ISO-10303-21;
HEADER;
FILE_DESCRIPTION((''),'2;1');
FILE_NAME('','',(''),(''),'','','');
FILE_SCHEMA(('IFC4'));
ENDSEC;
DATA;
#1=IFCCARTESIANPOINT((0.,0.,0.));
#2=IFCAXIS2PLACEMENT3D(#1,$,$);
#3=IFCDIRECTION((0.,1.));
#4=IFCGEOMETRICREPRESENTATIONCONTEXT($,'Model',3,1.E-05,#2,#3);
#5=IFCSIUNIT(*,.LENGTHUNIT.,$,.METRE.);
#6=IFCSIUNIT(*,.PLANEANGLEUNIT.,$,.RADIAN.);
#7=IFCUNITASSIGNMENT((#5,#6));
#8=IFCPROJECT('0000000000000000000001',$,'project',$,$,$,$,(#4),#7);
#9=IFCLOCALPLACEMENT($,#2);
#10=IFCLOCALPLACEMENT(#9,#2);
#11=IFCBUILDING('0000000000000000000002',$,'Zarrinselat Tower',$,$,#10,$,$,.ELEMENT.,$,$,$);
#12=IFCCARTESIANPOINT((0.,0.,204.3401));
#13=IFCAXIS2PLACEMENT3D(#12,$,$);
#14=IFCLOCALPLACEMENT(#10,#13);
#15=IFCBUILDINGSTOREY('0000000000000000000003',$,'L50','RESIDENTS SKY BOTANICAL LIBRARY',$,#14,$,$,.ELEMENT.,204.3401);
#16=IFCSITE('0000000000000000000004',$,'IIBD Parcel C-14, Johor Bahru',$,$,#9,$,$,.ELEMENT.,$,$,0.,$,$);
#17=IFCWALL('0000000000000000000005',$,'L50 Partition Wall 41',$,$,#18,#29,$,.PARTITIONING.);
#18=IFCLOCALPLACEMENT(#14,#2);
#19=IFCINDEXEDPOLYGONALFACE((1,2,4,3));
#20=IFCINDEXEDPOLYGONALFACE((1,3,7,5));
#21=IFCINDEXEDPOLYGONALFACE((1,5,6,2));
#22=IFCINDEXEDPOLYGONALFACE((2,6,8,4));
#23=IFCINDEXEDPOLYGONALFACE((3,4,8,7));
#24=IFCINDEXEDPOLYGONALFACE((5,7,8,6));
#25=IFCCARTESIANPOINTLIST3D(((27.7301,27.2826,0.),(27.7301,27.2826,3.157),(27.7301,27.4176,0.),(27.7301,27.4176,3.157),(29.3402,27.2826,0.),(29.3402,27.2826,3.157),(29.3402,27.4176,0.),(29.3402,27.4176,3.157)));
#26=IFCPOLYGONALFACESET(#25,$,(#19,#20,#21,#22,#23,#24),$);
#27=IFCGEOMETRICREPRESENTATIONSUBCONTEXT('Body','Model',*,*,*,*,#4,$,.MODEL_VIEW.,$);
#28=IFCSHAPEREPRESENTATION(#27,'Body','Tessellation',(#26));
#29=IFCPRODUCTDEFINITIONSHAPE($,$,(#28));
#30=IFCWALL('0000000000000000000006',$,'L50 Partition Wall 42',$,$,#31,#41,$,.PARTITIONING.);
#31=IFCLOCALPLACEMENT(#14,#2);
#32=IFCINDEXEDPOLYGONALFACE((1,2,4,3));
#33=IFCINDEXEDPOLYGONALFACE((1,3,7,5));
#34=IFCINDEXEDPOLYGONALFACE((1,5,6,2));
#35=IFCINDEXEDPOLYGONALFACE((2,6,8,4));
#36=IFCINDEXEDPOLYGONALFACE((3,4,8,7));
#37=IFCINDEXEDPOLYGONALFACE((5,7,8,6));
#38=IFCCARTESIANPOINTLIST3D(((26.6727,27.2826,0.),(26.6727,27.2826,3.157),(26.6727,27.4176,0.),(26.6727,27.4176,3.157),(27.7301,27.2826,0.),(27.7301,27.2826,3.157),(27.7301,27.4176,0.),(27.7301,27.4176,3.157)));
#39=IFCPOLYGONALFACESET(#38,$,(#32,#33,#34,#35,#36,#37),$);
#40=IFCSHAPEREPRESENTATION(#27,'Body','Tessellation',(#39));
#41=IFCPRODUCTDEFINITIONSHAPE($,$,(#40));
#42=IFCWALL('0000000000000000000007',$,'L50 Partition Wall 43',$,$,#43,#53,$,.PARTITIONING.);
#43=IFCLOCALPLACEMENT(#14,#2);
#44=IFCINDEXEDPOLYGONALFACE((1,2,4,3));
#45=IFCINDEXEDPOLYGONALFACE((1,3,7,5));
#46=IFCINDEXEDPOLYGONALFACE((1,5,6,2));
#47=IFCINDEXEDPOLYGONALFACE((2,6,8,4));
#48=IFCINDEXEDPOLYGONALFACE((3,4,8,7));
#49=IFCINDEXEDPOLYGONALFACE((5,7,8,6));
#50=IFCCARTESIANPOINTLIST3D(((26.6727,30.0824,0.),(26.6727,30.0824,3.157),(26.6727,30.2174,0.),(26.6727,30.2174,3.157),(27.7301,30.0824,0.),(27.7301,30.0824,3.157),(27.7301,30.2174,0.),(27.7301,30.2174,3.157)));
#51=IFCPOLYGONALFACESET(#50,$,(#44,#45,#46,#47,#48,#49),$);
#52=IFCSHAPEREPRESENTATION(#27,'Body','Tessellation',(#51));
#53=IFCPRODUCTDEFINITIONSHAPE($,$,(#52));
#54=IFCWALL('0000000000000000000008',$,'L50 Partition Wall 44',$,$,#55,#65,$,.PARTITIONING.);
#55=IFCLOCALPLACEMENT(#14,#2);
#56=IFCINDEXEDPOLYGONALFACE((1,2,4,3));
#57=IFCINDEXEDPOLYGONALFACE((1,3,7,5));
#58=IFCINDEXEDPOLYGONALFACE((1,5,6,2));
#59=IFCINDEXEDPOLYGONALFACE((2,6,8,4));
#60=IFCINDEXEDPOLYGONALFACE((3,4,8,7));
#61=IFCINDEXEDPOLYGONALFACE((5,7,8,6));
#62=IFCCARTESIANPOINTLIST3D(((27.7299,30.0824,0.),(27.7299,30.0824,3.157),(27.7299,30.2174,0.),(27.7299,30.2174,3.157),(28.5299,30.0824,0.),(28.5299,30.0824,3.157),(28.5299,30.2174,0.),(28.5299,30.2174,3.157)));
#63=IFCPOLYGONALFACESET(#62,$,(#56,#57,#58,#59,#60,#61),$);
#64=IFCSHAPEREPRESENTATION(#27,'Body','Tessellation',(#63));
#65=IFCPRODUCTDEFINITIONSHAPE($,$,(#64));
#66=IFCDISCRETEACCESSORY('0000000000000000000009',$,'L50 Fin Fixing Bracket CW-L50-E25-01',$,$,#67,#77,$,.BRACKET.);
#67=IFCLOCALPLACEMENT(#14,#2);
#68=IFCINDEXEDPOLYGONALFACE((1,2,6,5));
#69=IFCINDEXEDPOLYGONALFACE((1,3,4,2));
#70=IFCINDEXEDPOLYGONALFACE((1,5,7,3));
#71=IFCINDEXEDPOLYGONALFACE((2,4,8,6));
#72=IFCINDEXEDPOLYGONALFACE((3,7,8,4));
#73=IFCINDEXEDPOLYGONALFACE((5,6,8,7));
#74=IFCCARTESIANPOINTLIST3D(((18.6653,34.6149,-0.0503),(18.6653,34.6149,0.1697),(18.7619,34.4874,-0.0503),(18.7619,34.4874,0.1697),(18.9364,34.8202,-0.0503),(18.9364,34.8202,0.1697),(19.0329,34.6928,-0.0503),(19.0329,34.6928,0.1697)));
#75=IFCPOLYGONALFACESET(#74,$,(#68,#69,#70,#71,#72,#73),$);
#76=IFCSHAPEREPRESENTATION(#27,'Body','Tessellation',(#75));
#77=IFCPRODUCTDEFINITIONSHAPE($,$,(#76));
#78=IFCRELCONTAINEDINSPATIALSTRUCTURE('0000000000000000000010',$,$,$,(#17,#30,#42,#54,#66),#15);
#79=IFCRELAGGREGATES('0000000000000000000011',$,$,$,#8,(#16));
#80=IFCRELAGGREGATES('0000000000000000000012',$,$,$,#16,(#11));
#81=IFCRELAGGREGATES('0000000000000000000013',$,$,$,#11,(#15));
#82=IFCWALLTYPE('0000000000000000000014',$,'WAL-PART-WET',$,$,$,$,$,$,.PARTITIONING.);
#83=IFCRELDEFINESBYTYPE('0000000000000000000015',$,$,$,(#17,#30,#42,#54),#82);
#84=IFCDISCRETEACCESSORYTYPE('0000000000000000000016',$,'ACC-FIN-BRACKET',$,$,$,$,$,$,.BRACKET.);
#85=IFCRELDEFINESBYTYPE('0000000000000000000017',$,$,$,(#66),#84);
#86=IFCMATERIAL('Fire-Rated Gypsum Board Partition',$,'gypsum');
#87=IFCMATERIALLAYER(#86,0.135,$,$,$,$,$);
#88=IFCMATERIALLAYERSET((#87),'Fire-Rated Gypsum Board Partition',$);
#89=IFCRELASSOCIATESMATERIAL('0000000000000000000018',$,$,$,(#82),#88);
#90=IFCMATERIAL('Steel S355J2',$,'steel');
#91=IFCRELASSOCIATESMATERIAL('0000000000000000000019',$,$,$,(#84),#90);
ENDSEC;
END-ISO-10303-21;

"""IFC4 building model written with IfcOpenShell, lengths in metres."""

from ifc_helpers import new_model, si_unit, direction, frame, frame_2d, origin, origin_2d, place, context, subcontext, project, spatial, rectangle, extrude, material, layer, layer_set, type_object, element, save


model = new_model("IFC4")

# Units and contexts
model_context = context("Model", 3, precision=1e-05, world=origin(), true_north=direction((0.0, 1.0)))
body_context = subcontext(model_context, "Body", "Model", "MODEL_VIEW")
ifc_project = project(units=[si_unit("LENGTHUNIT", "METRE"), si_unit("PLANEANGLEUNIT", "RADIAN")], contexts=[model_context])

# Site, building, storey
site_placement = place(None, origin())
site = spatial("IfcSite", under=ifc_project, at=site_placement, Name="IIBD Parcel C-14, Johor Bahru", CompositionType="ELEMENT", RefElevation=0.0)
building_placement = place(site_placement, origin())
building = spatial("IfcBuilding", under=site, at=building_placement, Name="Zarrinselat Tower", CompositionType="ELEMENT")
storey_placement = place(building_placement, frame((0.0, 0.0, 204.3401)))
storey = spatial("IfcBuildingStorey", under=building, at=storey_placement, Name="L50", Description="RESIDENTS SKY BOTANICAL LIBRARY", CompositionType="ELEMENT", Elevation=204.3401)

# Walls
ifc_material_1 = material(Name="Fire-Rated Gypsum Board Partition", Category="gypsum")
ifc_layer_1 = layer(ifc_material_1, 0.135)
ifc_layer_set_1 = layer_set([ifc_layer_1], Name="Fire-Rated Gypsum Board Partition")
wall_type_1 = type_object("IfcWallType", Name="WAL-PART-WET", PredefinedType="PARTITIONING", material=ifc_layer_set_1)
wall_1_placement = place(storey_placement, frame((27.73, 27.3501, 0.0), z_axis=(0.0, 0.0, 1.0), x_axis=(1.0, 0.0, 0.0)))
element("IfcWall", 1, at=wall_1_placement, inside=storey, type_object=wall_type_1, Name="L50 Partition Wall 41", PredefinedType="PARTITIONING", context=body_context, shape_type="SweptSolid", body=[
    extrude(rectangle(XDim=1.6101, YDim=0.135, at=frame_2d((0.8052, 0.0))), origin(), (0.0, 0.0, 1.0), 3.157),
])
for number, where, z_axis, x_axis, name in (
    (2, (26.6726, 27.3501, 0.0), (0.0, 0.0, 1.0), (1.0, 0.0, 0.0), "L50 Partition Wall 42"),
    (3, (26.6726, 30.1499, 0.0), (0.0, 0.0, 1.0), (1.0, 0.0, 0.0), "L50 Partition Wall 43"),
):
    element("IfcWall", number, at=place(storey_placement, frame(where, z_axis=z_axis, x_axis=x_axis)), inside=storey, type_object=wall_type_1, Name=name, PredefinedType="PARTITIONING", context=body_context, shape_type="SweptSolid", body=[
        extrude(rectangle(XDim=1.0574, YDim=0.135, at=frame_2d((0.5288, 0.0))), origin(), (0.0, 0.0, 1.0), 3.157),
    ])
wall_2_placement = place(storey_placement, frame((27.73, 30.1499, 0.0), z_axis=(0.0, 0.0, 1.0), x_axis=(1.0, 0.0, 0.0)))
element("IfcWall", 4, at=wall_2_placement, inside=storey, type_object=wall_type_1, Name="L50 Partition Wall 44", PredefinedType="PARTITIONING", context=body_context, shape_type="SweptSolid", body=[
    extrude(rectangle(XDim=0.8, YDim=0.135, at=frame_2d((0.3999, 0.0))), origin(), (0.0, 0.0, 1.0), 3.157),
])

# Discrete accessory
ifc_material_2 = material(Name="Steel S355J2", Category="steel")
discrete_accessory_type = type_object("IfcDiscreteAccessoryType", Name="ACC-FIN-BRACKET", PredefinedType="BRACKET", material=ifc_material_2)
discrete_accessory_placement = place(storey_placement, frame((18.8491, 34.6538, -0.0503), z_axis=(0.0, 0.0, 1.0), x_axis=(-0.797092, -0.603858, 0.0)))
element("IfcDiscreteAccessory", 5, at=discrete_accessory_placement, inside=storey, type_object=discrete_accessory_type, Name="L50 Fin Fixing Bracket CW-L50-E25-01", PredefinedType="BRACKET", context=body_context, shape_type="SweptSolid", body=[
    extrude(rectangle(XDim=0.3401, YDim=0.1599, at=origin_2d()), origin(), (0.0, 0.0, 1.0), 0.22),
])

save(model, "model.ifc")
